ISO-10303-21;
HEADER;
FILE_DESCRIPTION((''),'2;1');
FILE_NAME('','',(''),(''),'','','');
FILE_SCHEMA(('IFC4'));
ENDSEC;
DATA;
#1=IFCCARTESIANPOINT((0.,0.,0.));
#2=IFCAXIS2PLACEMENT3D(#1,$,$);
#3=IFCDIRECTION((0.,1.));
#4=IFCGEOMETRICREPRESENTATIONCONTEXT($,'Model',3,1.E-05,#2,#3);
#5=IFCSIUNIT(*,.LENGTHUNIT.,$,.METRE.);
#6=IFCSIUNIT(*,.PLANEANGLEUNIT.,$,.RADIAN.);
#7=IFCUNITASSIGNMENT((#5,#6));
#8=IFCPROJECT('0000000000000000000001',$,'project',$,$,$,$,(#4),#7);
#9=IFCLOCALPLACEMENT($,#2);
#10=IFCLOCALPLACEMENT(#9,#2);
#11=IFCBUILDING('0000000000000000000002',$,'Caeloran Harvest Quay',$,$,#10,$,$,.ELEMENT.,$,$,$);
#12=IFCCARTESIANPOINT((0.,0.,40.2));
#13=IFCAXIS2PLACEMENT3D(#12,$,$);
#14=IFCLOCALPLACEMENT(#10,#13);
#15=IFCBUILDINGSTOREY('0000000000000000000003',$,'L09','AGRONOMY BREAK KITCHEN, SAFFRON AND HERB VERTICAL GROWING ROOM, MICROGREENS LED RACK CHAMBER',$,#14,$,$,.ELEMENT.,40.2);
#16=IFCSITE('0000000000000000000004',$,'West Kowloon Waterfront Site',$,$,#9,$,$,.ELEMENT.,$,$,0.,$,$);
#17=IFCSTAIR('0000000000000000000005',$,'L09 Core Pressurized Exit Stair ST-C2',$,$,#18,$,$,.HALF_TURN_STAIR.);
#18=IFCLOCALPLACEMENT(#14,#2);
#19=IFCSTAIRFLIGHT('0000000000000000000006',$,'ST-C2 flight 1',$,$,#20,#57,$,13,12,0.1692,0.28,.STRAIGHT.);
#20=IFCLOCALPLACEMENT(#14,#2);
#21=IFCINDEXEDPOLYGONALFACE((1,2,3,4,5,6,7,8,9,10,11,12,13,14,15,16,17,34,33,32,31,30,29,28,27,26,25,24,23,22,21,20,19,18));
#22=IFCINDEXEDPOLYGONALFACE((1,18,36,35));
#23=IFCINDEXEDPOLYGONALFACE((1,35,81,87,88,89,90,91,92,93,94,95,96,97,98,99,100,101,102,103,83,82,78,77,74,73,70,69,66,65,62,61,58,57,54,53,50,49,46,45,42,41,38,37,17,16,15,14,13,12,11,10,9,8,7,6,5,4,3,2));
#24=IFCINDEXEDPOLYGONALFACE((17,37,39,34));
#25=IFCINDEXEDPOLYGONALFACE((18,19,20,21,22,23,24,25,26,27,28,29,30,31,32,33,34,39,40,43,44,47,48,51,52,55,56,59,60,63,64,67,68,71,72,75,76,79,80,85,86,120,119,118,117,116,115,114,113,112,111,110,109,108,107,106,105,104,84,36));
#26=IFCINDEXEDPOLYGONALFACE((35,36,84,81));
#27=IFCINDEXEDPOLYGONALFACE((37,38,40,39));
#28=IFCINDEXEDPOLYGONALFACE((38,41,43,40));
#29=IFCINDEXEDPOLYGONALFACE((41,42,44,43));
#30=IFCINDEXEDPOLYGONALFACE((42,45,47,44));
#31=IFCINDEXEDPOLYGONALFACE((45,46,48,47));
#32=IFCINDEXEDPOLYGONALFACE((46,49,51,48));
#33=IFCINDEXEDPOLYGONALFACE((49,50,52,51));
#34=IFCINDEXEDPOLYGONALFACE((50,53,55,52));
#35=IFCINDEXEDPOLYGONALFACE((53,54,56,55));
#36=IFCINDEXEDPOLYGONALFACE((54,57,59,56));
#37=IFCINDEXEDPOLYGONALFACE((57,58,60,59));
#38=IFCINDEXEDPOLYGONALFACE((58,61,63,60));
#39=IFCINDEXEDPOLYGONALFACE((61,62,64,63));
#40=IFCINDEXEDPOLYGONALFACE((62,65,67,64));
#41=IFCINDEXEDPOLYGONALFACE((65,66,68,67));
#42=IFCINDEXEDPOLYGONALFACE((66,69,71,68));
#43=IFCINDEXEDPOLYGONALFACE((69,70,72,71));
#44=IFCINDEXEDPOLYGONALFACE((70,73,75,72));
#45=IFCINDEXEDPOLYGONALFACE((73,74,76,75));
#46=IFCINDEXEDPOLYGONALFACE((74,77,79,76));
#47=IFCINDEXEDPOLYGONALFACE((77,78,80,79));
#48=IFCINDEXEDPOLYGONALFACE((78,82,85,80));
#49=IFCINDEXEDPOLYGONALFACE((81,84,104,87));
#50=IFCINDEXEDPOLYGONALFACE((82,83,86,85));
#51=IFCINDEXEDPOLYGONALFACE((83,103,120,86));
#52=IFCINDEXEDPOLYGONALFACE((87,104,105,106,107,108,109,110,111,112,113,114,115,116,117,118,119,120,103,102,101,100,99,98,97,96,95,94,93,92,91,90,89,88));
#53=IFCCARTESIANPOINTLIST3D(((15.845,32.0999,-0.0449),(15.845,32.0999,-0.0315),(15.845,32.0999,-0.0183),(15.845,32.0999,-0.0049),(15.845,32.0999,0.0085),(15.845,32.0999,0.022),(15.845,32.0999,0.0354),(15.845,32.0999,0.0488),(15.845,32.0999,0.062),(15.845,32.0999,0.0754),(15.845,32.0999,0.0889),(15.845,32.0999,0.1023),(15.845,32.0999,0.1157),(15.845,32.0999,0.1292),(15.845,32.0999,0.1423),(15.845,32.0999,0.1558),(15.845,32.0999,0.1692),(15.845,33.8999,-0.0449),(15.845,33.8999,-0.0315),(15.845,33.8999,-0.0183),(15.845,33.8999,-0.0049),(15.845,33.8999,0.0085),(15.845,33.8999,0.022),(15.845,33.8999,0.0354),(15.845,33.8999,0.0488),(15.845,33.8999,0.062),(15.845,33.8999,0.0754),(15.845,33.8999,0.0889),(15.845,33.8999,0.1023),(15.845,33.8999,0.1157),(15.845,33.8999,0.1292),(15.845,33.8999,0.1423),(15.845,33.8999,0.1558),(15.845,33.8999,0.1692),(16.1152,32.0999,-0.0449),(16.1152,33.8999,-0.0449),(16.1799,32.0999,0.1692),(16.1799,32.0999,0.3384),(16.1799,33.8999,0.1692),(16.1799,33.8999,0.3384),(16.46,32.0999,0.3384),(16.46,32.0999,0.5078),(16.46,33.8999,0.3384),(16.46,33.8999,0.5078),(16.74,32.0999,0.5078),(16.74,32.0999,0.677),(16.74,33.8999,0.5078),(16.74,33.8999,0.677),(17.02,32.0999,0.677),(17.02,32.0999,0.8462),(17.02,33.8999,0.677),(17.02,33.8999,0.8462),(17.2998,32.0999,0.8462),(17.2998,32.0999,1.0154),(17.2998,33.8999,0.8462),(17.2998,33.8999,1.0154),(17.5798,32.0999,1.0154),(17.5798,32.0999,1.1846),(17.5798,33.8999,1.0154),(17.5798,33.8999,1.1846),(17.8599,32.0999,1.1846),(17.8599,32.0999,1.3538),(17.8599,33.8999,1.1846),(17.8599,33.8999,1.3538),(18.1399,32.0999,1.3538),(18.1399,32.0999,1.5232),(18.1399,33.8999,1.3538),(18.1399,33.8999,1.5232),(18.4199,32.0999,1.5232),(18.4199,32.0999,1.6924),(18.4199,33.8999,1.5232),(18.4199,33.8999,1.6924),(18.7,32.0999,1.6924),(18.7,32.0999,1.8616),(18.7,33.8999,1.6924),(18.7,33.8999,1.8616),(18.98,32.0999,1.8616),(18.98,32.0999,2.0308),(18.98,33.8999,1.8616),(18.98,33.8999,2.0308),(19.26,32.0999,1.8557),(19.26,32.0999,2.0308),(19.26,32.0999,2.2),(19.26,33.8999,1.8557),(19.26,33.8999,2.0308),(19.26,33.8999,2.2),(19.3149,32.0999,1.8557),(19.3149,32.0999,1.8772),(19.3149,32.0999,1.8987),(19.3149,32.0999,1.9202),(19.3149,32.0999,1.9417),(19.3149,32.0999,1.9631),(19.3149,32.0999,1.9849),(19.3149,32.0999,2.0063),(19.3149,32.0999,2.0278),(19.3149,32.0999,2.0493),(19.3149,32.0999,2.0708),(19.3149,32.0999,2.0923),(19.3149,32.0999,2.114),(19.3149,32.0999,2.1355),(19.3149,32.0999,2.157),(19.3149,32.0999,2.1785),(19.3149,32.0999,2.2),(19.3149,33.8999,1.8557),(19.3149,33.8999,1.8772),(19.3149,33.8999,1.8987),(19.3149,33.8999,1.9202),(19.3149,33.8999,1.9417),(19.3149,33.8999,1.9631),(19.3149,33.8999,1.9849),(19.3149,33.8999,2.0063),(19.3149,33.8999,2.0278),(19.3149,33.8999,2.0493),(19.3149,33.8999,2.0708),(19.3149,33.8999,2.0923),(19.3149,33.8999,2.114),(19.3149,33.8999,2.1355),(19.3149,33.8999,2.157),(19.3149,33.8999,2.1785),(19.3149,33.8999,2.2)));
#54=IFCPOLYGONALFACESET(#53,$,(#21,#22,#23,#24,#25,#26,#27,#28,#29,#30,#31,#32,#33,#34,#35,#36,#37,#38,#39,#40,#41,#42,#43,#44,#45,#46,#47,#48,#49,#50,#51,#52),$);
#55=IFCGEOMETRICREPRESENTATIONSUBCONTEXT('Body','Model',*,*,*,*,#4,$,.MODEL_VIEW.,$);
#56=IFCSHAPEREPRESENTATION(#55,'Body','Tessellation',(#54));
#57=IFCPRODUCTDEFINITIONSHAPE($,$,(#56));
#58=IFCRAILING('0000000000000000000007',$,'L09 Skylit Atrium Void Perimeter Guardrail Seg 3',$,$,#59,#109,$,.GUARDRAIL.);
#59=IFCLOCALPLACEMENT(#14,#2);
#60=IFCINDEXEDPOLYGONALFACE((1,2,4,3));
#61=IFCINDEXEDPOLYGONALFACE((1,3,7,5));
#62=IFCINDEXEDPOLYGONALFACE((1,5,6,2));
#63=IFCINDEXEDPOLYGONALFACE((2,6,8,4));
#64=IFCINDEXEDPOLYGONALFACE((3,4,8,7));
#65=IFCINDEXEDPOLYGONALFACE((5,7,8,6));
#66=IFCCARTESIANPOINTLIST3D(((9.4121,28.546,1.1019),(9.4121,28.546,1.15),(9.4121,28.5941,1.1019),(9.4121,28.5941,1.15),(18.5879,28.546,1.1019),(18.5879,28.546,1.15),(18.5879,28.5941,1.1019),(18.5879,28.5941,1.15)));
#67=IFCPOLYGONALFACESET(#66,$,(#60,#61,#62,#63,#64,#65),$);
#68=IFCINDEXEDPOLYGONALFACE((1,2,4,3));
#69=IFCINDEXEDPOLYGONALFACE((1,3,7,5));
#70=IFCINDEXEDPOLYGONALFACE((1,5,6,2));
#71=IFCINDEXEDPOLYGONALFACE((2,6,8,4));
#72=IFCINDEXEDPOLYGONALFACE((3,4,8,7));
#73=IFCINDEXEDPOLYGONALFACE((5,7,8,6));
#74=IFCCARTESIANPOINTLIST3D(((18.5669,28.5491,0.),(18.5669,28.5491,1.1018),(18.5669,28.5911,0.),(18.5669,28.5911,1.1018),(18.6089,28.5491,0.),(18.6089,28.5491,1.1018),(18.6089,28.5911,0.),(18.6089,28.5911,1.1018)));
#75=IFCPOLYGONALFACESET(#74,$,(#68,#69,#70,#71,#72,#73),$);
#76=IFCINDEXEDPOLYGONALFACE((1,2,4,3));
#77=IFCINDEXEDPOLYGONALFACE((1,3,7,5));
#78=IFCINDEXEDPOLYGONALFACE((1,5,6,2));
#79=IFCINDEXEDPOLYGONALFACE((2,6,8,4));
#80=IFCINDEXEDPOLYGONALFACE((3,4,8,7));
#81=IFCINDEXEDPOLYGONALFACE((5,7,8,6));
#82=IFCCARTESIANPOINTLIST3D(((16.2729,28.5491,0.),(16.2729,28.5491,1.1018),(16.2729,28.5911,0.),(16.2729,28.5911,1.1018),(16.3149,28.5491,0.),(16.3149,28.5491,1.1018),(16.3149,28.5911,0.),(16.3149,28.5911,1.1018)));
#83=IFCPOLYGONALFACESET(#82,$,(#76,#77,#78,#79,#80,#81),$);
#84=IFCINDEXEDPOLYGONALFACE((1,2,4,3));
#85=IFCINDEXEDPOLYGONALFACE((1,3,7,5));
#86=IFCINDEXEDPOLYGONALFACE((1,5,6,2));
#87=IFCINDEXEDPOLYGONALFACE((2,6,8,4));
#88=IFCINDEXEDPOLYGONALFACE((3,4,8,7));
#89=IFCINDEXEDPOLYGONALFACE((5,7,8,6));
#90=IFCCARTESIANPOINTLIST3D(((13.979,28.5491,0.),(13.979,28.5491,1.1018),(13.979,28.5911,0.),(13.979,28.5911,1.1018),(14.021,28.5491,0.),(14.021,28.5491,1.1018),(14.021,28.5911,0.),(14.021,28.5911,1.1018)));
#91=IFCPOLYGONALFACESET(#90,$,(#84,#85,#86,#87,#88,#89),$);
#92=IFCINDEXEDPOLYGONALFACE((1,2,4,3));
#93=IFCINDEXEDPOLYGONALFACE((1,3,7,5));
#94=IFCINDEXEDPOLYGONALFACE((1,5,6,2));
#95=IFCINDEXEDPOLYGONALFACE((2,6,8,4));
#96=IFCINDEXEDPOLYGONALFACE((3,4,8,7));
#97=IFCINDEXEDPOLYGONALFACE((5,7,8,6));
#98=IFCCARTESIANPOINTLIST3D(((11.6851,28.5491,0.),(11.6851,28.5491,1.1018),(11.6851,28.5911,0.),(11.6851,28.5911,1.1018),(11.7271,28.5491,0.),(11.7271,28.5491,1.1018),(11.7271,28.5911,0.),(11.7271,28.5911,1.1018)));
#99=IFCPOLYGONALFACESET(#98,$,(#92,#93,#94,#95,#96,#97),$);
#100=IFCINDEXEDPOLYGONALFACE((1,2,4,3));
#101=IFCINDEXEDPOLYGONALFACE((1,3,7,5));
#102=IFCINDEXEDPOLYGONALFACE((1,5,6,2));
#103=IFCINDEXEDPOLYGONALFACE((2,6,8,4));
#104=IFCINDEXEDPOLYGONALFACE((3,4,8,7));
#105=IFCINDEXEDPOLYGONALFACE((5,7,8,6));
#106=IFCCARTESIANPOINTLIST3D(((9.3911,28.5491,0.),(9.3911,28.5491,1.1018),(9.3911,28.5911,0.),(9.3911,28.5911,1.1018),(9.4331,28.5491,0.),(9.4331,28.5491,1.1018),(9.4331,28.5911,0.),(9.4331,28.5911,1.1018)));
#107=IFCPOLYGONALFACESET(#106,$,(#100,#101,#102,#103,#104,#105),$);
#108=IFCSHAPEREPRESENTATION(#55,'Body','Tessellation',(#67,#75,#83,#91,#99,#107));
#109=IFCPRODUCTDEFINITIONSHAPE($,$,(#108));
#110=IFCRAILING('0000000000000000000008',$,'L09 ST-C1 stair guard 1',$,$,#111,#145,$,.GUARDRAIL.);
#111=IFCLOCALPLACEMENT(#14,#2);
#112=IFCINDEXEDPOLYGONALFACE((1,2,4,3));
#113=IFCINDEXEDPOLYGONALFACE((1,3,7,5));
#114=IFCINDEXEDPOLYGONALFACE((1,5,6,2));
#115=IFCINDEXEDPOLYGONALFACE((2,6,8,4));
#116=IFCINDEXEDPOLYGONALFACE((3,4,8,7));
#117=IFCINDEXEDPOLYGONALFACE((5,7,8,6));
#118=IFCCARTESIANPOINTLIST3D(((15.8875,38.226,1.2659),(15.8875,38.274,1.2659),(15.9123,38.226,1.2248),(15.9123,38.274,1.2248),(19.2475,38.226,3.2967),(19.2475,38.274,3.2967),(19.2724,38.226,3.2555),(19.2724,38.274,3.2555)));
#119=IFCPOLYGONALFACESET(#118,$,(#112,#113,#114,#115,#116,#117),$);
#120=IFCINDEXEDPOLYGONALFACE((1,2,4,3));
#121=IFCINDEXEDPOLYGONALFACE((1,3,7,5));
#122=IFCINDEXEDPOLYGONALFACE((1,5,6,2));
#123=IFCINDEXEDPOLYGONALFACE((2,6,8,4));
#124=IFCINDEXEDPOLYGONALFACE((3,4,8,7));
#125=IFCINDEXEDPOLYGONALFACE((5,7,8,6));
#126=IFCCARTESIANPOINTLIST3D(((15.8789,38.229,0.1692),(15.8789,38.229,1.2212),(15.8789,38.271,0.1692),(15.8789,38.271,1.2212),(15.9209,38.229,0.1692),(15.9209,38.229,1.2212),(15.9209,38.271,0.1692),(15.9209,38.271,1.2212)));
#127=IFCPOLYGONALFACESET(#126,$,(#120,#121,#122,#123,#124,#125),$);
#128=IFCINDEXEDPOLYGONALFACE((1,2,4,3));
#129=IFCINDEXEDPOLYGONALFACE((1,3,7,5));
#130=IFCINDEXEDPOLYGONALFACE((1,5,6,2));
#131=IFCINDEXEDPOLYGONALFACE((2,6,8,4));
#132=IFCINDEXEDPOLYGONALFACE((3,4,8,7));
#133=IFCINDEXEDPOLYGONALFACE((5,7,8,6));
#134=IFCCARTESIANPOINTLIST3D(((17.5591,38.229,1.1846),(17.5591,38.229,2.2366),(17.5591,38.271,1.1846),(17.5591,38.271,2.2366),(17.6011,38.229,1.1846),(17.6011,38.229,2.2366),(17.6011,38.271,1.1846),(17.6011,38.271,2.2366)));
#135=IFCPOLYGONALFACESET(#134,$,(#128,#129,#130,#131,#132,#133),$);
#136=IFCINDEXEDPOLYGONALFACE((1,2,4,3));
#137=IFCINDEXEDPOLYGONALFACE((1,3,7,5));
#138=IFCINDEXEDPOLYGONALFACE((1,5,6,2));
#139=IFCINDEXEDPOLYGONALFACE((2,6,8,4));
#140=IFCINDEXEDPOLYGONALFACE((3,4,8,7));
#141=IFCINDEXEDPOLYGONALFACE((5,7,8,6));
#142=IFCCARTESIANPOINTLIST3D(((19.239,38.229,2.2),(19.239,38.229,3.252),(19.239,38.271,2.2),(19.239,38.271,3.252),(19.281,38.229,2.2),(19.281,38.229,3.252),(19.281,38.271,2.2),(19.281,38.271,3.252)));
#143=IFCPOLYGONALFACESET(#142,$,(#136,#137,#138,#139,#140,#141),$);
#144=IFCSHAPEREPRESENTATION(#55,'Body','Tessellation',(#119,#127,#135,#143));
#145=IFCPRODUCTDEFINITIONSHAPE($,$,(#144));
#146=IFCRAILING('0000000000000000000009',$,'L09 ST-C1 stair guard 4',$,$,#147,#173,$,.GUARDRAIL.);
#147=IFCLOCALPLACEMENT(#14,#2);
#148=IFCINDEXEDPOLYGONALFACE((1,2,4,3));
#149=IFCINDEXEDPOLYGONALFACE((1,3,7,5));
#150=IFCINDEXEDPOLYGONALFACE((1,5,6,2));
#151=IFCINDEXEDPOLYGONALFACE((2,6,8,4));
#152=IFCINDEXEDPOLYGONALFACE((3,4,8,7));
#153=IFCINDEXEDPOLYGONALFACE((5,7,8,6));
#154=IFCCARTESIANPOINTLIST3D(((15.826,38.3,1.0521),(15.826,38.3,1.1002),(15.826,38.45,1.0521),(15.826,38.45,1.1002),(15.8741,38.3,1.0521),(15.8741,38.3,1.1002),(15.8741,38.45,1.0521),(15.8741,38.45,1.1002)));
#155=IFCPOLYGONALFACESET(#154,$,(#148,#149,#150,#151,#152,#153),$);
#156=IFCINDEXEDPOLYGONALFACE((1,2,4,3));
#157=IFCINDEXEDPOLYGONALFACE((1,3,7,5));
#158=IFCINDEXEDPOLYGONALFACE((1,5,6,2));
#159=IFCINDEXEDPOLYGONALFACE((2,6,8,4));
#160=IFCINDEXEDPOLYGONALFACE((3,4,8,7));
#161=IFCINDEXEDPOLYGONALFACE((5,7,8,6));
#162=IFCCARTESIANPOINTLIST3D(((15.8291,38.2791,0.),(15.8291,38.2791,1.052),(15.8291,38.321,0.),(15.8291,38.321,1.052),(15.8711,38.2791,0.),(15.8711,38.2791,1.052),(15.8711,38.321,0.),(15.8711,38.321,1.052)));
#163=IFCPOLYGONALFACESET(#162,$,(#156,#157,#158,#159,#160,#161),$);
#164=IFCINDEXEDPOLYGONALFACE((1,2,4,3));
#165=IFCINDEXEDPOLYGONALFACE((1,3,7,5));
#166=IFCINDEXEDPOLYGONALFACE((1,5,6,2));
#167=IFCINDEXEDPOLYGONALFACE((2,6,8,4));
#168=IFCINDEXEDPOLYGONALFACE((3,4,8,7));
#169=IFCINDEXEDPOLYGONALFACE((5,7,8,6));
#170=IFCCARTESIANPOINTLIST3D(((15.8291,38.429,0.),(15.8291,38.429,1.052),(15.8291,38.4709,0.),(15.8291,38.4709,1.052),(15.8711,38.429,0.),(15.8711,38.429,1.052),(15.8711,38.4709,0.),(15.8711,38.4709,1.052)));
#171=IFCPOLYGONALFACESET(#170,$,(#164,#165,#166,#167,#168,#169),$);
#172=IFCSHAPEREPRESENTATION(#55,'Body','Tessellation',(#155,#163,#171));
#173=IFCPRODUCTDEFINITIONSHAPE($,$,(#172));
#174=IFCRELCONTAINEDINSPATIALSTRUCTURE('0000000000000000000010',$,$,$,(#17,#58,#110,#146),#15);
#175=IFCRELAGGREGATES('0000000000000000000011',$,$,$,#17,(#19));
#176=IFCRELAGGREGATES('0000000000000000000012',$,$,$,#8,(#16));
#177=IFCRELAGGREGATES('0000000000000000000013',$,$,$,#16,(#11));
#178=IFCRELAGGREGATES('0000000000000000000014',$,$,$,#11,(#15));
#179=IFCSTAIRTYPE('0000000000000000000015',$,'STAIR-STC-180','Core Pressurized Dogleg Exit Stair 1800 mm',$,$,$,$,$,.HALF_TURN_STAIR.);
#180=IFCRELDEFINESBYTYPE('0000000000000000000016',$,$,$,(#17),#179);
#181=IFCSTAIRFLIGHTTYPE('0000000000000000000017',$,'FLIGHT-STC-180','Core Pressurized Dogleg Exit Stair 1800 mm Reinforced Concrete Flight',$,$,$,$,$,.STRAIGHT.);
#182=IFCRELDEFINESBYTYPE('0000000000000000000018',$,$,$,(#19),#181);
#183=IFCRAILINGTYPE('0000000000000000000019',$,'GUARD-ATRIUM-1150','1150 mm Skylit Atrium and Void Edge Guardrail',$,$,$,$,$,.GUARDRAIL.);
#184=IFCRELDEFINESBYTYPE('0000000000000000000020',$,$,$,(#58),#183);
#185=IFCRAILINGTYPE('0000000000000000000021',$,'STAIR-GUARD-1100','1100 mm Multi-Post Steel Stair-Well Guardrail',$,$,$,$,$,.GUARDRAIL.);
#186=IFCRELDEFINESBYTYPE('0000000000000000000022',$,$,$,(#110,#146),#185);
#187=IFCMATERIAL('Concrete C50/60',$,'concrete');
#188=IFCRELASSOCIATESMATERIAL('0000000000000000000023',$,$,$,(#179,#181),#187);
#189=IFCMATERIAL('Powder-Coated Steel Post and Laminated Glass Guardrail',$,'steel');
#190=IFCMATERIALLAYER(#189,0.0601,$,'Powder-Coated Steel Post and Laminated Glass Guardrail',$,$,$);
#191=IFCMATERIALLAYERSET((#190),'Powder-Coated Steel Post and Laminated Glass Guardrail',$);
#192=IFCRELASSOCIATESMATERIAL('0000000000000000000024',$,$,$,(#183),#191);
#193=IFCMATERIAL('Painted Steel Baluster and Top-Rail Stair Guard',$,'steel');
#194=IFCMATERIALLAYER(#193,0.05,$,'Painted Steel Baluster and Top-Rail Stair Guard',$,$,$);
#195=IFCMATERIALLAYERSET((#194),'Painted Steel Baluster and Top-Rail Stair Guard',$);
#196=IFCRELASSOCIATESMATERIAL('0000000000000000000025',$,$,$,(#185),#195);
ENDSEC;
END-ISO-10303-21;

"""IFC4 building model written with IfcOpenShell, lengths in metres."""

from ifc_helpers import new_model, si_unit, direction, frame, origin, origin_2d, place, context, subcontext, project, spatial, polyline, rectangle, outline, extrude, material, layer, layer_set, type_object, element, aggregate, save


model = new_model("IFC4")

# Units and contexts
model_context = context("Model", 3, precision=1e-05, world=origin(), true_north=direction((0.0, 1.0)))
body_context = subcontext(model_context, "Body", "Model", "MODEL_VIEW")
ifc_project = project(units=[si_unit("LENGTHUNIT", "METRE"), si_unit("PLANEANGLEUNIT", "RADIAN")], contexts=[model_context])

# Site, building, storey
site_placement = place(None, origin())
site = spatial("IfcSite", under=ifc_project, at=site_placement, Name="West Kowloon Waterfront Site", CompositionType="ELEMENT", RefElevation=0.0)
building_placement = place(site_placement, origin())
building = spatial("IfcBuilding", under=site, at=building_placement, Name="Caeloran Harvest Quay", CompositionType="ELEMENT")
storey_placement = place(building_placement, frame((0.0, 0.0, 40.2)))
storey = spatial("IfcBuildingStorey", under=building, at=storey_placement, Name="L09", Description="AGRONOMY BREAK KITCHEN, SAFFRON AND HERB VERTICAL GROWING ROOM, MICROGREENS LED RACK CHAMBER", CompositionType="ELEMENT", Elevation=40.2)

# Stair, stair flight
ifc_material_1 = material(Name="Concrete C50/60", Category="concrete")
stair_type = type_object("IfcStairType", Name="STAIR-STC-180", Description="Core Pressurized Dogleg Exit Stair 1800 mm", PredefinedType="HALF_TURN_STAIR", material=ifc_material_1)
stair_flight_type = type_object("IfcStairFlightType", Name="FLIGHT-STC-180", Description="Core Pressurized Dogleg Exit Stair 1800 mm Reinforced Concrete Flight", PredefinedType="STRAIGHT", material=ifc_material_1)
stair_1_placement = place(storey_placement, origin())
stair_1 = element("IfcStair", 1, at=stair_1_placement, inside=storey, type_object=stair_type, Name="L09 Core Pressurized Exit Stair ST-C2", PredefinedType="HALF_TURN_STAIR")
stair_flight_1_placement = place(storey_placement, frame((15.8999, 33.0, 0.0), z_axis=(0.0, 0.0, 1.0), x_axis=(1.0, 0.0, 0.0)))
stair_flight_1 = element("IfcStairFlight", 2, at=stair_flight_1_placement, type_object=stair_flight_type, Name="ST-C2 flight 1", NumberOfRisers=13, NumberOfTreads=12, PredefinedType="STRAIGHT", RiserHeight=0.1692, TreadLength=0.28, context=body_context, shape_type="SweptSolid", body=[
    extrude(outline(polyline([(-0.0549, -0.0449), (-0.0549, -0.0315), (-0.0549, -0.0183), (-0.0549, -0.0049), (-0.0549, 0.0085), (-0.0549, 0.022), (-0.0549, 0.0354), (-0.0549, 0.0488), (-0.0549, 0.062), (-0.0549, 0.0754), (-0.0549, 0.0889), (-0.0549, 0.1023), (-0.0549, 0.1157), (-0.0549, 0.1292), (-0.0549, 0.1423), (-0.0549, 0.1558), (-0.0549, 0.1692), (0.28, 0.1692), (0.28, 0.3384), (0.5601, 0.3384), (0.5601, 0.5078), (0.8401, 0.5078), (0.8401, 0.677), (1.1201, 0.677), (1.1201, 0.8462), (1.3999, 0.8462), (1.3999, 1.0154), (1.6799, 1.0154), (1.6799, 1.1846), (1.96, 1.1846), (1.96, 1.3538), (2.24, 1.3538), (2.24, 1.5232), (2.52, 1.5232), (2.52, 1.6924), (2.8, 1.6924), (2.8, 1.8616), (3.0801, 1.8616), (3.0801, 2.0308), (3.3601, 2.0308), (3.3601, 2.2), (3.415, 2.2), (3.415, 2.1785), (3.415, 2.157), (3.415, 2.1355), (3.415, 2.114), (3.415, 2.0923), (3.415, 2.0708), (3.415, 2.0493), (3.415, 2.0278), (3.415, 2.0063), (3.415, 1.9849), (3.415, 1.9631), (3.415, 1.9417), (3.415, 1.9202), (3.415, 1.8987), (3.415, 1.8772), (3.415, 1.8557), (3.3601, 1.8557), (0.2153, -0.0449), (-0.0549, -0.0449)])), frame((0.0, 0.8999, 0.0), z_axis=(0.0, -1.0, 0.0), x_axis=(1.0, 0.0, 0.0)), (0.0, 0.0, 1.0), 1.8),
])
aggregate(stair_1, [stair_flight_1])

# Railings
ifc_material_2 = material(Name="Powder-Coated Steel Post and Laminated Glass Guardrail", Category="steel")
ifc_layer_1 = layer(ifc_material_2, 0.0601, Name="Powder-Coated Steel Post and Laminated Glass Guardrail")
ifc_layer_set_1 = layer_set([ifc_layer_1], Name="Powder-Coated Steel Post and Laminated Glass Guardrail")
railing_type_1 = type_object("IfcRailingType", Name="GUARD-ATRIUM-1150", Description="1150 mm Skylit Atrium and Void Edge Guardrail", PredefinedType="GUARDRAIL", material=ifc_layer_set_1)
railing_1_placement = place(storey_placement, frame((18.5879, 28.5701, 0.0)))
element("IfcRailing", 3, at=railing_1_placement, inside=storey, type_object=railing_type_1, Name="L09 Skylit Atrium Void Perimeter Guardrail Seg 3", PredefinedType="GUARDRAIL", context=body_context, shape_type="SweptSolid", body=[
    extrude(rectangle(XDim=0.0481, YDim=0.0481, at=origin_2d()), frame((0.0, 0.0, 1.126), z_axis=(-1.0, 0.0, 0.0), x_axis=(0.0, -1.0, 0.0)), (0.0, 0.0, 1.0), 9.1758),
    extrude(rectangle(XDim=0.042, YDim=0.042, at=origin_2d()), origin(), (0.0, 0.0, 1.0), 1.1018),
    extrude(rectangle(XDim=0.042, YDim=0.042, at=origin_2d()), frame((-2.2939, 0.0, 0.0)), (0.0, 0.0, 1.0), 1.1018),
    extrude(rectangle(XDim=0.042, YDim=0.042, at=origin_2d()), frame((-4.5879, 0.0, 0.0)), (0.0, 0.0, 1.0), 1.1018),
    extrude(rectangle(XDim=0.042, YDim=0.042, at=origin_2d()), frame((-6.8818, 0.0, 0.0)), (0.0, 0.0, 1.0), 1.1018),
    extrude(rectangle(XDim=0.042, YDim=0.042, at=origin_2d()), frame((-9.1758, 0.0, 0.0)), (0.0, 0.0, 1.0), 1.1018),
])
ifc_material_3 = material(Name="Painted Steel Baluster and Top-Rail Stair Guard", Category="steel")
ifc_layer_2 = layer(ifc_material_3, 0.05, Name="Painted Steel Baluster and Top-Rail Stair Guard")
ifc_layer_set_2 = layer_set([ifc_layer_2], Name="Painted Steel Baluster and Top-Rail Stair Guard")
railing_type_2 = type_object("IfcRailingType", Name="STAIR-GUARD-1100", Description="1100 mm Multi-Post Steel Stair-Well Guardrail", PredefinedType="GUARDRAIL", material=ifc_layer_set_2)
railing_2_placement = place(storey_placement, frame((15.8999, 38.25, 0.1692)))
element("IfcRailing", 4, at=railing_2_placement, inside=storey, type_object=railing_type_2, Name="L09 ST-C1 stair guard 1", PredefinedType="GUARDRAIL", context=body_context, shape_type="SweptSolid", body=[
    extrude(rectangle(XDim=0.0481, YDim=0.0481, at=origin_2d()), frame((0.0, 0.0, 1.0762), z_axis=(0.855837, 0.0, 0.517246), x_axis=(0.0, 1.0, 0.0)), (0.0, 0.0, 1.0), 3.926),
    extrude(rectangle(XDim=0.042, YDim=0.042, at=origin_2d()), origin(), (0.0, 0.0, 1.0), 1.052),
    extrude(rectangle(XDim=0.042, YDim=0.042, at=origin_2d()), frame((1.6802, 0.0, 1.0154)), (0.0, 0.0, 1.0), 1.052),
    extrude(rectangle(XDim=0.042, YDim=0.042, at=origin_2d()), frame((3.3601, 0.0, 2.0308)), (0.0, 0.0, 1.0), 1.052),
])
railing_3_placement = place(storey_placement, frame((15.8501, 38.3, 0.0)))
element("IfcRailing", 5, at=railing_3_placement, inside=storey, type_object=railing_type_2, Name="L09 ST-C1 stair guard 4", PredefinedType="GUARDRAIL", context=body_context, shape_type="SweptSolid", body=[
    extrude(rectangle(XDim=0.0481, YDim=0.0481, at=origin_2d()), frame((0.0, 0.0, 1.0762), z_axis=(0.0, 1.0, 0.0), x_axis=(-1.0, 0.0, 0.0)), (0.0, 0.0, 1.0), 0.1499),
    extrude(rectangle(XDim=0.042, YDim=0.042, at=origin_2d()), origin(), (0.0, 0.0, 1.0), 1.052),
    extrude(rectangle(XDim=0.042, YDim=0.042, at=origin_2d()), frame((0.0, 0.1499, 0.0)), (0.0, 0.0, 1.0), 1.052),
])

save(model, "model.ifc")
